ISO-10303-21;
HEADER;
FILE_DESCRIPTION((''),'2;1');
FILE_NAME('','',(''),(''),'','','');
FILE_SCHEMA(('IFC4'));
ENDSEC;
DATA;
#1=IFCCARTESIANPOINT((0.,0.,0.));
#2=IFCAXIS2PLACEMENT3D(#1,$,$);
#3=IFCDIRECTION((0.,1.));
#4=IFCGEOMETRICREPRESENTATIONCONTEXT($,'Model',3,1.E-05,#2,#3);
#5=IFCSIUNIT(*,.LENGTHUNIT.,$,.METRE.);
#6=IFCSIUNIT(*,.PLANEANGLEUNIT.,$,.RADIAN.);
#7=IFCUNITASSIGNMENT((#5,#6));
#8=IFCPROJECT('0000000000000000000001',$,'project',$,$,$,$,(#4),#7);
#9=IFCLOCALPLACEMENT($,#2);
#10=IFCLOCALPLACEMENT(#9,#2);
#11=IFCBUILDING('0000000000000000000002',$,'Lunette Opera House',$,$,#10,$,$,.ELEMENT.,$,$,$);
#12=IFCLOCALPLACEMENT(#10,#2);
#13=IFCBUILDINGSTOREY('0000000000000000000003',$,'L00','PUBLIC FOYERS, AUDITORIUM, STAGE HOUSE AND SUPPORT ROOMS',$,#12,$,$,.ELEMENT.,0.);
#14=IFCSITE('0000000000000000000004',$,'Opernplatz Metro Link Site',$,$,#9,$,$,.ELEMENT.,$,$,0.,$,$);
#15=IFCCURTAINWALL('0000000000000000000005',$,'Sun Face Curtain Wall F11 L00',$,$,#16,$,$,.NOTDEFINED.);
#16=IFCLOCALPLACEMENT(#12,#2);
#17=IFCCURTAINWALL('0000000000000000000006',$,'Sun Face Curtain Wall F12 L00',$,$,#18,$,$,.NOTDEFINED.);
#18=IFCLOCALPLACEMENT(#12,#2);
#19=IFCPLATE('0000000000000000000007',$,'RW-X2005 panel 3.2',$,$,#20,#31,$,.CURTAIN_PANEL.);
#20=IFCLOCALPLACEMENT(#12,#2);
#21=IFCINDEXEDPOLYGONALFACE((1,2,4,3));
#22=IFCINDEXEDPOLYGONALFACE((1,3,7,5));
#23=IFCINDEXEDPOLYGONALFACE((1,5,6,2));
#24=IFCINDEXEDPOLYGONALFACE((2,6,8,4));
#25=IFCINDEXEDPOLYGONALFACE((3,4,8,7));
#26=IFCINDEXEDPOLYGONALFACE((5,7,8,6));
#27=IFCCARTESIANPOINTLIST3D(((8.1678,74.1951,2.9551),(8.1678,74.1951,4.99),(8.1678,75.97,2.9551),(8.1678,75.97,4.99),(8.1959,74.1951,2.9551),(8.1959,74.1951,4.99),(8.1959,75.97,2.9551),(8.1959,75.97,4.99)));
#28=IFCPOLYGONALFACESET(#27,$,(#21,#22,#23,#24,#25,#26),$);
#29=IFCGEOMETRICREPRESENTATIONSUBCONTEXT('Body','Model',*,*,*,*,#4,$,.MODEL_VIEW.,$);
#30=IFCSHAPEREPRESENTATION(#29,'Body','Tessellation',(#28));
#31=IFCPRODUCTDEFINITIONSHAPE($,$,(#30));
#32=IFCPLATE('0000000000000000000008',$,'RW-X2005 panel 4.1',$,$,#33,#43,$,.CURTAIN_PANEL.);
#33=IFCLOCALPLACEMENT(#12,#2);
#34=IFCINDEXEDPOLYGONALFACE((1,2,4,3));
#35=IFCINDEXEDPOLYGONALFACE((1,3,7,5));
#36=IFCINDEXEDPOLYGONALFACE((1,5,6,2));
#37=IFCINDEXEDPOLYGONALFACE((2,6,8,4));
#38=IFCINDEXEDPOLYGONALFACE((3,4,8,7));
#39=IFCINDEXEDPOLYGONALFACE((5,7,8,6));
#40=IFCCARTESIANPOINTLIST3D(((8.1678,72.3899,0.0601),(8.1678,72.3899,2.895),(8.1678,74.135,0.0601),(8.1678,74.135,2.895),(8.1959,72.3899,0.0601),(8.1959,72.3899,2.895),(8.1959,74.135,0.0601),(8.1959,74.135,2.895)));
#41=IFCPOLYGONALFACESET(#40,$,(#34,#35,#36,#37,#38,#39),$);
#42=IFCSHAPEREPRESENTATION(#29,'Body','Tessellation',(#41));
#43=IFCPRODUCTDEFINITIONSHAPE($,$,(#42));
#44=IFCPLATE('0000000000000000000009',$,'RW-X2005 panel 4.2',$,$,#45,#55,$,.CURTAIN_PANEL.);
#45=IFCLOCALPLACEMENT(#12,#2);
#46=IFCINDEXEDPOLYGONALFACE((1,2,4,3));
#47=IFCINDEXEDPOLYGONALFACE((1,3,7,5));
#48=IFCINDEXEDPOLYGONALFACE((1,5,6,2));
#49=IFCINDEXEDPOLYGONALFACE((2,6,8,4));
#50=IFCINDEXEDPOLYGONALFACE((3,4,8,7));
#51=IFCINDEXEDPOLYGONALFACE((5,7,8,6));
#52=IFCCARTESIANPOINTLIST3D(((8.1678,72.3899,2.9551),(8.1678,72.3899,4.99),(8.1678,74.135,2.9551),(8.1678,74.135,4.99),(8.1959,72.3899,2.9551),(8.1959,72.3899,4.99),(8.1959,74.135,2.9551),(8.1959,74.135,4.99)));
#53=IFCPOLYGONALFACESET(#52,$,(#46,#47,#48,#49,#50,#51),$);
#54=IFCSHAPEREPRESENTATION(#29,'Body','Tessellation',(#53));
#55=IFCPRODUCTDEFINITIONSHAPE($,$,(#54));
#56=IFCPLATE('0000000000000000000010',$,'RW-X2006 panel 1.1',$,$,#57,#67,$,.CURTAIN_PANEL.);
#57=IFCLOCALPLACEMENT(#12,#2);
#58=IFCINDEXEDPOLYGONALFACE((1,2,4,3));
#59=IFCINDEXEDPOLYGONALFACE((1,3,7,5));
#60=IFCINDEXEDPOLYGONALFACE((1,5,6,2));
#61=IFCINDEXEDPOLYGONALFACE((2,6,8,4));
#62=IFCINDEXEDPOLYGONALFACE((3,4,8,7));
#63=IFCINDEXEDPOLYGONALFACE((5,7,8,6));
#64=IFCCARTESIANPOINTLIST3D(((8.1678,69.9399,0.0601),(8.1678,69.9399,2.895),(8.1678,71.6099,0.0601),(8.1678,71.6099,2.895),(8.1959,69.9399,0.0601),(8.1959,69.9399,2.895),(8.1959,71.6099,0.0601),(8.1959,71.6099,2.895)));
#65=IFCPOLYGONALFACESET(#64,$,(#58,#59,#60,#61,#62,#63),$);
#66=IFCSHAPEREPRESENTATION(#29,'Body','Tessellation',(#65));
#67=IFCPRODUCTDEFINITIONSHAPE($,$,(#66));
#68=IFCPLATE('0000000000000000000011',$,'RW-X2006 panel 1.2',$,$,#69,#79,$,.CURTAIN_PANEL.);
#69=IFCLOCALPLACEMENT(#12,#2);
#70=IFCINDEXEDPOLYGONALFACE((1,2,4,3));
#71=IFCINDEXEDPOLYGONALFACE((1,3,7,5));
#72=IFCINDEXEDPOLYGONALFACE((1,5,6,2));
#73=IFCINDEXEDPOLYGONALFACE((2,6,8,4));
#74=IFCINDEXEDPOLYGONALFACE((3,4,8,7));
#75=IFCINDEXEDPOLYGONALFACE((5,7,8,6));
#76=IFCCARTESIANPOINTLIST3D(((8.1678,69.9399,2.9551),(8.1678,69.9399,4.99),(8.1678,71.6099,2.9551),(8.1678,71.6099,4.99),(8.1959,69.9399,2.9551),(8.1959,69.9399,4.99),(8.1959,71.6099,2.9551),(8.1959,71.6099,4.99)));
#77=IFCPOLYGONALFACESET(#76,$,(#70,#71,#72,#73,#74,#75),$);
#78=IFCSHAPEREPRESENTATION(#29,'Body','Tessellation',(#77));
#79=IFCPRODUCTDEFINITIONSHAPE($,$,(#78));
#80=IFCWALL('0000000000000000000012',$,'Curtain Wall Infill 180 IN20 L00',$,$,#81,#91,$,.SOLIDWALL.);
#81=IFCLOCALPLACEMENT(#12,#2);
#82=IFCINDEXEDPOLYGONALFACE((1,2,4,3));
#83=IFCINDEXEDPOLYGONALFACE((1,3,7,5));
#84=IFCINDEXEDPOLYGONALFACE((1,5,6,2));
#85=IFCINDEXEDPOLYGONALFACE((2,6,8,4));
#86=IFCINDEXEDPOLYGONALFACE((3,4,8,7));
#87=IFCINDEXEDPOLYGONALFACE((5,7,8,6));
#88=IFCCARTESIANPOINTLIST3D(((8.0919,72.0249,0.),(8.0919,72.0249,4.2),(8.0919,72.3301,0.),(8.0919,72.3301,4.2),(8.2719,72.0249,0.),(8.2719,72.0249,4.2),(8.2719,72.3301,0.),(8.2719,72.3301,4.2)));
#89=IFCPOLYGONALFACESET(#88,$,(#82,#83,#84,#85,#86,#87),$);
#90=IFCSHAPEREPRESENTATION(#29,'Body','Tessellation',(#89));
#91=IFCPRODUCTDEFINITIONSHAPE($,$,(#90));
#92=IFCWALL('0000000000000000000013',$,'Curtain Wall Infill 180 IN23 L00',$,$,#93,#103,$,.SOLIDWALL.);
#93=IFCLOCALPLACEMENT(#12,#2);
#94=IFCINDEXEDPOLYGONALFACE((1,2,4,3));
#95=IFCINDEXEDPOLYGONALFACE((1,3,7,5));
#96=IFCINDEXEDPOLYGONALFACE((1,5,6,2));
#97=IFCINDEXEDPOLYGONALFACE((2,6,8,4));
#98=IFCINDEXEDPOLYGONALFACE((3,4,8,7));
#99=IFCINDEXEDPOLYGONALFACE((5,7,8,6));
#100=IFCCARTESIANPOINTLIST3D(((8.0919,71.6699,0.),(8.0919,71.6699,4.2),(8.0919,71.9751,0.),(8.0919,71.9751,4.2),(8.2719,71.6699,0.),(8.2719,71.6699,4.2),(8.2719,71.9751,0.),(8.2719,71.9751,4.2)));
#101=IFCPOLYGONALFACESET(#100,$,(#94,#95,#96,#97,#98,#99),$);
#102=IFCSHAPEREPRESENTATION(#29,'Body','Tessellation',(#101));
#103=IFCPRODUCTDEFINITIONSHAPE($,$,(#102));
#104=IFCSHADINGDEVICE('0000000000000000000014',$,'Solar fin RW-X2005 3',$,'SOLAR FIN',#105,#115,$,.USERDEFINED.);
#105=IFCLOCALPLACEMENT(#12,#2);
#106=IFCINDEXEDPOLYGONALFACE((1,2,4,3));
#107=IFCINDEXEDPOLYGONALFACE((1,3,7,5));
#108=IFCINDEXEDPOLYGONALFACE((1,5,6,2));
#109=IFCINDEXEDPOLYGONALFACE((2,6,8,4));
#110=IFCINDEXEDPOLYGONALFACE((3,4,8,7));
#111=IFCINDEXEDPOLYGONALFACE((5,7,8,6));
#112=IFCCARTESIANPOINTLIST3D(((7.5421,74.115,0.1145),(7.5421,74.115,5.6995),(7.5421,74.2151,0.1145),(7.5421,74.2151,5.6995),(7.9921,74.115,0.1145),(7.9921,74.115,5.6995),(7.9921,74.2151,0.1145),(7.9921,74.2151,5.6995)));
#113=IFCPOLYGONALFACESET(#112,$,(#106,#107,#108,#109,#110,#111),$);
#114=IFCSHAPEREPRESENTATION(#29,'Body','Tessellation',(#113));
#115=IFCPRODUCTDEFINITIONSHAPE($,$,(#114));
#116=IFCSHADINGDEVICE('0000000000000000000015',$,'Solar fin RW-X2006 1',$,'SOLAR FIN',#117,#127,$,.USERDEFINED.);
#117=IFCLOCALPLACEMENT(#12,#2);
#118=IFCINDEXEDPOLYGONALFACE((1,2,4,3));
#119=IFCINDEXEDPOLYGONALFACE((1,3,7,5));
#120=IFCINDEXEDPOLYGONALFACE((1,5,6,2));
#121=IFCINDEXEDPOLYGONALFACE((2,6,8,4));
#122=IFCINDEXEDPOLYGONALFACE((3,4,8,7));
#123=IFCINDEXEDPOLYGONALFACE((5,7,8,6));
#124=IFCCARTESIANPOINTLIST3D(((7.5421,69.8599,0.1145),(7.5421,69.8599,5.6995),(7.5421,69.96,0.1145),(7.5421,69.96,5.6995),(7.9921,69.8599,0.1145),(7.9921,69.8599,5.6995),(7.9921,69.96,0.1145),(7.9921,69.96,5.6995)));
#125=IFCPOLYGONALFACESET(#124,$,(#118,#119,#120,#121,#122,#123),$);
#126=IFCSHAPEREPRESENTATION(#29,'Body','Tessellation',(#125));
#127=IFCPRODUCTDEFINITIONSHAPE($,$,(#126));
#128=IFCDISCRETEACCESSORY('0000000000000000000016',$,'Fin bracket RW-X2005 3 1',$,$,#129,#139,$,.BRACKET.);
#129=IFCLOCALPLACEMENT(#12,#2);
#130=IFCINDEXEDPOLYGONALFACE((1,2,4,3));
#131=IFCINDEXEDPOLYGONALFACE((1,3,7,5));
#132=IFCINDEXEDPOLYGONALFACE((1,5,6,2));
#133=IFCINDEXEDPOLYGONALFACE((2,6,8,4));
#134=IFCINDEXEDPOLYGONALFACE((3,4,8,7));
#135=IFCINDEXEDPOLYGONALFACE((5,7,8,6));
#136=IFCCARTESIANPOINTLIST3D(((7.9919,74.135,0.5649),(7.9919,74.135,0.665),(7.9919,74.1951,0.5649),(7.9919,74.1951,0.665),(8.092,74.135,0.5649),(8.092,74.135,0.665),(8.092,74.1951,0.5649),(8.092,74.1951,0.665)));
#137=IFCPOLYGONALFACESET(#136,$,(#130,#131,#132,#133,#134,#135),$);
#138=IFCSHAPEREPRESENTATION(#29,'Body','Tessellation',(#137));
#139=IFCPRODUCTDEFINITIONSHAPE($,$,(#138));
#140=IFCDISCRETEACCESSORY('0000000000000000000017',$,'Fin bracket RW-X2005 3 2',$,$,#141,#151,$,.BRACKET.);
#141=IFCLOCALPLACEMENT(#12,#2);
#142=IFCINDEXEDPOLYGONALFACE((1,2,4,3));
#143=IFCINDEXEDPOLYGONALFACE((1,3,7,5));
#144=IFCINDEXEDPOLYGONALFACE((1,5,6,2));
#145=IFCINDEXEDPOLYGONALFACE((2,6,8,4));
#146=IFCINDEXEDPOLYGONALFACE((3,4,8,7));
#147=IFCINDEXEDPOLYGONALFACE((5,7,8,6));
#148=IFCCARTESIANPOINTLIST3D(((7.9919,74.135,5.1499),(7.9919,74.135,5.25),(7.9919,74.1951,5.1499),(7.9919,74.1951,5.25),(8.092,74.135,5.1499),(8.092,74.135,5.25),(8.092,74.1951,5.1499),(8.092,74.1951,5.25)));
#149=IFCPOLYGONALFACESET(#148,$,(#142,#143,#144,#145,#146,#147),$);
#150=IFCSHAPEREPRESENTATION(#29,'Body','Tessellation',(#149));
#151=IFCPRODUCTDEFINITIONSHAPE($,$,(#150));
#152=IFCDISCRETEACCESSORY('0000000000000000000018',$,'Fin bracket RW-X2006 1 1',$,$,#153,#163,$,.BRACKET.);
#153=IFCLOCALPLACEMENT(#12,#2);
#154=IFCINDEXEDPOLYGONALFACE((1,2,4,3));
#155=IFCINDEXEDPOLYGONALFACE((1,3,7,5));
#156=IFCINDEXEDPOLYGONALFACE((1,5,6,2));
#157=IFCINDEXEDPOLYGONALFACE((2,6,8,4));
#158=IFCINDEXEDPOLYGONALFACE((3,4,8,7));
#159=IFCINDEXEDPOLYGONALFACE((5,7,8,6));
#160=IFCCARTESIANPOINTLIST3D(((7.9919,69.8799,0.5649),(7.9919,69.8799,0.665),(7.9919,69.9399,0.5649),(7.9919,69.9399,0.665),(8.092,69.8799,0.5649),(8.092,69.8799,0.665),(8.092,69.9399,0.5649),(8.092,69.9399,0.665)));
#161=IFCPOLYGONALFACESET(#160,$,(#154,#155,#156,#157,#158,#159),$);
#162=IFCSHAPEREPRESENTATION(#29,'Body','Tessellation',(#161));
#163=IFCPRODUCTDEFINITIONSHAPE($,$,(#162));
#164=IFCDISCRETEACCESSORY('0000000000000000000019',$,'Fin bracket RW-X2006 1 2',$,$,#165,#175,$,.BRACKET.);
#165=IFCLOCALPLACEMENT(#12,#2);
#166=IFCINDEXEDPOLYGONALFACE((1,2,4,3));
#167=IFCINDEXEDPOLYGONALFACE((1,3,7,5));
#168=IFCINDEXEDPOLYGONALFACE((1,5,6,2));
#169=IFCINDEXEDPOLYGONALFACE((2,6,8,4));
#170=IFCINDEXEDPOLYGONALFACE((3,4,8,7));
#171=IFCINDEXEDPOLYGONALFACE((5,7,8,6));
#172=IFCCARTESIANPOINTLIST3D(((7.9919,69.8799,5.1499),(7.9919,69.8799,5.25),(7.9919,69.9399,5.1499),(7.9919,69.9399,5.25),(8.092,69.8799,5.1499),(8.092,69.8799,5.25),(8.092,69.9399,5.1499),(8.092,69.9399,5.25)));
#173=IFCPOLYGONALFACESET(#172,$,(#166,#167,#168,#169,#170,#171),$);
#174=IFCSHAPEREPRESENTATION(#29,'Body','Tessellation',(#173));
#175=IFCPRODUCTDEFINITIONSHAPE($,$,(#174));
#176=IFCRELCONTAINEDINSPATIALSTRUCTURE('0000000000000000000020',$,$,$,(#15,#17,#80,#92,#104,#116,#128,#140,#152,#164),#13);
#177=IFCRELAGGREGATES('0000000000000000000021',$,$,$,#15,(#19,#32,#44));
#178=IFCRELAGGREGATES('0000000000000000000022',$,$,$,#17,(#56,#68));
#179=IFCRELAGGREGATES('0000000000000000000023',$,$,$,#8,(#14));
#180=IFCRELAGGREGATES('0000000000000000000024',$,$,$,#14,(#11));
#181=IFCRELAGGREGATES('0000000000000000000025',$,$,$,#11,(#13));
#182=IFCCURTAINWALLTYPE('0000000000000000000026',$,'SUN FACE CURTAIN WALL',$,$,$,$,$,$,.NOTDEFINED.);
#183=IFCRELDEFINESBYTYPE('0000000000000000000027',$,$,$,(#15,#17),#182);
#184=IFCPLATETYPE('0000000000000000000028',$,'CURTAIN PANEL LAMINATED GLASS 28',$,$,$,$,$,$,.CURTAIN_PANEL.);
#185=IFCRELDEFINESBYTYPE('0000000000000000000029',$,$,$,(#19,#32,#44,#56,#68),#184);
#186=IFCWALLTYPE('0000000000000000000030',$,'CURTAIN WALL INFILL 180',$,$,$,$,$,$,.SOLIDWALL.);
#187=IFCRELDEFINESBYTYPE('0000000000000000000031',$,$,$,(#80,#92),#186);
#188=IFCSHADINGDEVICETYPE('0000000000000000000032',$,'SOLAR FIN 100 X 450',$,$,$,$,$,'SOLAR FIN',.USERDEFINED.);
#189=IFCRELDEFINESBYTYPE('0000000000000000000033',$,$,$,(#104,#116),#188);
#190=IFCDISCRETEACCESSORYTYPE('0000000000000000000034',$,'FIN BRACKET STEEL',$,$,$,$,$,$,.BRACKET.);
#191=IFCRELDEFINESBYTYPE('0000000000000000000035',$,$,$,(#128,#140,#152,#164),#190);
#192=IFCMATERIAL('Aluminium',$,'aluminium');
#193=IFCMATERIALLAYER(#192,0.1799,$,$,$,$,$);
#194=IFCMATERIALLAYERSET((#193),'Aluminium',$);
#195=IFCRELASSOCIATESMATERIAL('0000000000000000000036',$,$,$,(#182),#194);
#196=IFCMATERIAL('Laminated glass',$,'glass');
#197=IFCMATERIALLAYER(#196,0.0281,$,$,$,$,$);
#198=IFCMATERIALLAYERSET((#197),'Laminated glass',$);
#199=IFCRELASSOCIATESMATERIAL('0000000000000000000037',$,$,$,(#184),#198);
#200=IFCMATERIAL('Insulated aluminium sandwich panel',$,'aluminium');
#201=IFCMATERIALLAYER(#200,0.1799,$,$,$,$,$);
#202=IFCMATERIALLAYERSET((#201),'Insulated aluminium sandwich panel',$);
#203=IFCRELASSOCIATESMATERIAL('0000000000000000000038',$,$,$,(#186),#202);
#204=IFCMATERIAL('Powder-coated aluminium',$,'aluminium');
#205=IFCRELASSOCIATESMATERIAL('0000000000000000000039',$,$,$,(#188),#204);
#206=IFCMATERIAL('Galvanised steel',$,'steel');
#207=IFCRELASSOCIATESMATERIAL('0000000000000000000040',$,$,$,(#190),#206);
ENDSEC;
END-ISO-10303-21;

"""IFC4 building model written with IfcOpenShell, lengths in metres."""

from ifc_helpers import new_model, si_unit, direction, frame, frame_2d, origin, origin_2d, place, context, subcontext, project, spatial, rectangle, extrude, material, layer, layer_set, type_object, element, aggregate, save


model = new_model("IFC4")

# Units and contexts
model_context = context("Model", 3, precision=1e-05, world=origin(), true_north=direction((0.0, 1.0)))
body_context = subcontext(model_context, "Body", "Model", "MODEL_VIEW")
ifc_project = project(units=[si_unit("LENGTHUNIT", "METRE"), si_unit("PLANEANGLEUNIT", "RADIAN")], contexts=[model_context])

# Site, building, storey
site_placement = place(None, origin())
site = spatial("IfcSite", under=ifc_project, at=site_placement, Name="Opernplatz Metro Link Site", CompositionType="ELEMENT", RefElevation=0.0)
building_placement = place(site_placement, origin())
building = spatial("IfcBuilding", under=site, at=building_placement, Name="Lunette Opera House", CompositionType="ELEMENT")
storey_placement = place(building_placement, origin())
storey = spatial("IfcBuildingStorey", under=building, at=storey_placement, Name="L00", Description="PUBLIC FOYERS, AUDITORIUM, STAGE HOUSE AND SUPPORT ROOMS", CompositionType="ELEMENT", Elevation=0.0)

# Curtain walls
ifc_material_1 = material(Name="Aluminium", Category="aluminium")
ifc_layer_1 = layer(ifc_material_1, 0.1799)
ifc_layer_set_1 = layer_set([ifc_layer_1], Name="Aluminium")
curtain_wall_type = type_object("IfcCurtainWallType", Name="SUN FACE CURTAIN WALL", PredefinedType="NOTDEFINED", material=ifc_layer_set_1)
curtain_wall_1_placement = place(storey_placement, origin())
curtain_wall_1 = element("IfcCurtainWall", 1, at=curtain_wall_1_placement, inside=storey, type_object=curtain_wall_type, Name="Sun Face Curtain Wall F11 L00", PredefinedType="NOTDEFINED")
curtain_wall_2_placement = place(storey_placement, origin())
curtain_wall_2 = element("IfcCurtainWall", 2, at=curtain_wall_2_placement, inside=storey, type_object=curtain_wall_type, Name="Sun Face Curtain Wall F12 L00", PredefinedType="NOTDEFINED")

# Plates
ifc_material_2 = material(Name="Laminated glass", Category="glass")
ifc_layer_2 = layer(ifc_material_2, 0.0281)
ifc_layer_set_2 = layer_set([ifc_layer_2], Name="Laminated glass")
plate_type = type_object("IfcPlateType", Name="CURTAIN PANEL LAMINATED GLASS 28", PredefinedType="CURTAIN_PANEL", material=ifc_layer_set_2)
plate_1_placement = place(storey_placement, frame((8.1819, 75.0825, 2.9551), z_axis=(0.0, 0.0, 1.0), x_axis=(0.0, -1.0, 0.0)))
plate_1 = element("IfcPlate", 3, at=plate_1_placement, type_object=plate_type, Name="RW-X2005 panel 3.2", PredefinedType="CURTAIN_PANEL", context=body_context, shape_type="SweptSolid", body=[
    extrude(rectangle(XDim=1.7749, YDim=0.0281, at=origin_2d()), origin(), (0.0, 0.0, 1.0), 2.0349),
])
plate_2_placement = place(storey_placement, frame((8.1819, 73.2625, 0.0601), z_axis=(0.0, 0.0, 1.0), x_axis=(0.0, -1.0, 0.0)))
plate_2 = element("IfcPlate", 4, at=plate_2_placement, type_object=plate_type, Name="RW-X2005 panel 4.1", PredefinedType="CURTAIN_PANEL", context=body_context, shape_type="SweptSolid", body=[
    extrude(rectangle(XDim=1.7451, YDim=0.0281, at=origin_2d()), origin(), (0.0, 0.0, 1.0), 2.835),
])
plate_3_placement = place(storey_placement, frame((8.1819, 73.2625, 2.9551), z_axis=(0.0, 0.0, 1.0), x_axis=(0.0, -1.0, 0.0)))
plate_3 = element("IfcPlate", 5, at=plate_3_placement, type_object=plate_type, Name="RW-X2005 panel 4.2", PredefinedType="CURTAIN_PANEL", context=body_context, shape_type="SweptSolid", body=[
    extrude(rectangle(XDim=1.7451, YDim=0.0281, at=origin_2d()), origin(), (0.0, 0.0, 1.0), 2.0349),
])
aggregate(curtain_wall_1, [plate_1, plate_2, plate_3])
plate_4_placement = place(storey_placement, frame((8.1819, 70.7749, 0.0601), z_axis=(0.0, 0.0, 1.0), x_axis=(0.0, -1.0, 0.0)))
plate_4 = element("IfcPlate", 6, at=plate_4_placement, type_object=plate_type, Name="RW-X2006 panel 1.1", PredefinedType="CURTAIN_PANEL", context=body_context, shape_type="SweptSolid", body=[
    extrude(rectangle(XDim=1.6699, YDim=0.0281, at=origin_2d()), origin(), (0.0, 0.0, 1.0), 2.835),
])
plate_5_placement = place(storey_placement, frame((8.1819, 70.7749, 2.9551), z_axis=(0.0, 0.0, 1.0), x_axis=(0.0, -1.0, 0.0)))
plate_5 = element("IfcPlate", 7, at=plate_5_placement, type_object=plate_type, Name="RW-X2006 panel 1.2", PredefinedType="CURTAIN_PANEL", context=body_context, shape_type="SweptSolid", body=[
    extrude(rectangle(XDim=1.6699, YDim=0.0281, at=origin_2d()), origin(), (0.0, 0.0, 1.0), 2.0349),
])
aggregate(curtain_wall_2, [plate_4, plate_5])

# Walls
ifc_material_3 = material(Name="Insulated aluminium sandwich panel", Category="aluminium")
ifc_layer_3 = layer(ifc_material_3, 0.1799)
ifc_layer_set_3 = layer_set([ifc_layer_3], Name="Insulated aluminium sandwich panel")
wall_type = type_object("IfcWallType", Name="CURTAIN WALL INFILL 180", PredefinedType="SOLIDWALL", material=ifc_layer_set_3)
for number, where, z_axis, x_axis, name in (
    (8, (8.1819, 72.3301, 0.0), (0.0, 0.0, 1.0), (0.0, -1.0, 0.0), "Curtain Wall Infill 180 IN20 L00"),
    (9, (8.1819, 71.6699, 0.0), (0.0, 0.0, 1.0), (0.0, 1.0, 0.0), "Curtain Wall Infill 180 IN23 L00"),
):
    element("IfcWall", number, at=place(storey_placement, frame(where, z_axis=z_axis, x_axis=x_axis)), inside=storey, type_object=wall_type, Name=name, PredefinedType="SOLIDWALL", context=body_context, shape_type="SweptSolid", body=[
        extrude(rectangle(XDim=0.3052, YDim=0.1799, at=frame_2d((0.1526, 0.0))), origin(), (0.0, 0.0, 1.0), 4.2),
    ])

# Shading devices
ifc_material_4 = material(Name="Powder-coated aluminium", Category="aluminium")
shading_device_type = type_object("IfcShadingDeviceType", Name="SOLAR FIN 100 X 450", ElementType="SOLAR FIN", PredefinedType="USERDEFINED", material=ifc_material_4)
for number, where, z_axis, x_axis, name in (
    (10, (7.7671, 74.165, 0.1145), (0.0, 0.0, 1.0), (-1.0, 0.0, 0.0), "Solar fin RW-X2005 3"),
    (11, (7.7671, 69.9099, 0.1145), (0.0, 0.0, 1.0), (-1.0, 0.0, 0.0), "Solar fin RW-X2006 1"),
):
    element("IfcShadingDevice", number, at=place(storey_placement, frame(where, z_axis=z_axis, x_axis=x_axis)), inside=storey, type_object=shading_device_type, Name=name, ObjectType="SOLAR FIN", PredefinedType="USERDEFINED", context=body_context, shape_type="SweptSolid", body=[
        extrude(rectangle(XDim=0.45, YDim=0.1001, at=origin_2d()), origin(), (0.0, 0.0, 1.0), 5.585),
    ])

# Discrete accessories
ifc_material_5 = material(Name="Galvanised steel", Category="steel")
discrete_accessory_type = type_object("IfcDiscreteAccessoryType", Name="FIN BRACKET STEEL", PredefinedType="BRACKET", material=ifc_material_5)
for number, where, z_axis, x_axis, name in (
    (12, (8.042, 74.165, 0.5649), (0.0, 0.0, 1.0), (-1.0, 0.0, 0.0), "Fin bracket RW-X2005 3 1"),
    (13, (8.042, 74.165, 5.1499), (0.0, 0.0, 1.0), (-1.0, 0.0, 0.0), "Fin bracket RW-X2005 3 2"),
    (14, (8.042, 69.9099, 0.5649), (0.0, 0.0, 1.0), (-1.0, 0.0, 0.0), "Fin bracket RW-X2006 1 1"),
    (15, (8.042, 69.9099, 5.1499), (0.0, 0.0, 1.0), (-1.0, 0.0, 0.0), "Fin bracket RW-X2006 1 2"),
):
    element("IfcDiscreteAccessory", number, at=place(storey_placement, frame(where, z_axis=z_axis, x_axis=x_axis)), inside=storey, type_object=discrete_accessory_type, Name=name, PredefinedType="BRACKET", context=body_context, shape_type="SweptSolid", body=[
        extrude(rectangle(XDim=0.1001, YDim=0.0601, at=origin_2d()), origin(), (0.0, 0.0, 1.0), 0.1001),
    ])

save(model, "model.ifc")
